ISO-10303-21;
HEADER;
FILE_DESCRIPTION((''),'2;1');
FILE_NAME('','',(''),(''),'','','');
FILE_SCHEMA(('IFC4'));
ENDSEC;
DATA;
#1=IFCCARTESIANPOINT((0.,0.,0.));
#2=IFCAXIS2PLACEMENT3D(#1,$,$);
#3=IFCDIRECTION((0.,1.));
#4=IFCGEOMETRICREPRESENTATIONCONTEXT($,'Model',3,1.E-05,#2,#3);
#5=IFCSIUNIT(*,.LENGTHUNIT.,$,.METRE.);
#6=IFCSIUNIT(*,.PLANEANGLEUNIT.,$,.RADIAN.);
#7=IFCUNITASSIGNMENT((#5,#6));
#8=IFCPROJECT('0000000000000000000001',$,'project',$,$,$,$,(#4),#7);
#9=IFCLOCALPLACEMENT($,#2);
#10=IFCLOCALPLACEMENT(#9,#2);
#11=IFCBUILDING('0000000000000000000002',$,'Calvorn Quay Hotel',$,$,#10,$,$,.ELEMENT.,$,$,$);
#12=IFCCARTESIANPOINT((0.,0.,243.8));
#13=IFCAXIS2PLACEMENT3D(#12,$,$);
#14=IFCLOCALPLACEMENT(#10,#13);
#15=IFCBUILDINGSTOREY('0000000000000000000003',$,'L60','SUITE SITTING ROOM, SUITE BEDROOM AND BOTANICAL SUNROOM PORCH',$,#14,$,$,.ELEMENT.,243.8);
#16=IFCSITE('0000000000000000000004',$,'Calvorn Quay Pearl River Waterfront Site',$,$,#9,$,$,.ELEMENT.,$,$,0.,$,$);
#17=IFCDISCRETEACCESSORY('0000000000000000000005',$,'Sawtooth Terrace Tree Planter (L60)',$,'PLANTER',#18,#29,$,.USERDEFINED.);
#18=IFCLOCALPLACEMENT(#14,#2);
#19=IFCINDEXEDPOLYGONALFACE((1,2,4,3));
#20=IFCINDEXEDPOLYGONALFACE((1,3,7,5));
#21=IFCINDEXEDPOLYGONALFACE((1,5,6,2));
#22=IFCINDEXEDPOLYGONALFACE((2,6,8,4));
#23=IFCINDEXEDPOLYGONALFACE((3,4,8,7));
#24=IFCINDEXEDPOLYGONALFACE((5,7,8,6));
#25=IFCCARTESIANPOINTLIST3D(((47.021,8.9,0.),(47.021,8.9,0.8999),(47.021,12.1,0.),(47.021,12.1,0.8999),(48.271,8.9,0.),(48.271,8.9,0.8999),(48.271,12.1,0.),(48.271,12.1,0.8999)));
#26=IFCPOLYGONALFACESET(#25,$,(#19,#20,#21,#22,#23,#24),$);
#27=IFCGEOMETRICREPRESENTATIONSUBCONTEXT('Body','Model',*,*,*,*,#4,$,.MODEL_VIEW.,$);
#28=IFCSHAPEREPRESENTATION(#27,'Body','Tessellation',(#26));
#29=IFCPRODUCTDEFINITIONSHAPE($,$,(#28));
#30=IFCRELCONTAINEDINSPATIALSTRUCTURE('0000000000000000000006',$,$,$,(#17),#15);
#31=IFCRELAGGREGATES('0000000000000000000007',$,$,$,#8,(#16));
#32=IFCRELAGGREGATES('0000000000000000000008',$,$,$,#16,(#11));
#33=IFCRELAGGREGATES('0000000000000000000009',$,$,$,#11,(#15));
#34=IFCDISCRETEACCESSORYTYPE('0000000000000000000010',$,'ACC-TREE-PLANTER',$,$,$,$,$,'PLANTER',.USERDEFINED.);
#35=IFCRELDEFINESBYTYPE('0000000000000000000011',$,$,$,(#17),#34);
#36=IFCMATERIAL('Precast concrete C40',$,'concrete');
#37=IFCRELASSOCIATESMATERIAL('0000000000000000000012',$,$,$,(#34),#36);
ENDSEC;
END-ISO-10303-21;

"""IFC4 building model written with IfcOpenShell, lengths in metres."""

from ifc_helpers import new_model, si_unit, direction, frame, origin, origin_2d, place, context, subcontext, project, spatial, rectangle, extrude, material, type_object, element, save


model = new_model("IFC4")

# Units and contexts
model_context = context("Model", 3, precision=1e-05, world=origin(), true_north=direction((0.0, 1.0)))
body_context = subcontext(model_context, "Body", "Model", "MODEL_VIEW")
ifc_project = project(units=[si_unit("LENGTHUNIT", "METRE"), si_unit("PLANEANGLEUNIT", "RADIAN")], contexts=[model_context])

# Site, building, storey
site_placement = place(None, origin())
site = spatial("IfcSite", under=ifc_project, at=site_placement, Name="Calvorn Quay Pearl River Waterfront Site", CompositionType="ELEMENT", RefElevation=0.0)
building_placement = place(site_placement, origin())
building = spatial("IfcBuilding", under=site, at=building_placement, Name="Calvorn Quay Hotel", CompositionType="ELEMENT")
storey_placement = place(building_placement, frame((0.0, 0.0, 243.8)))
storey = spatial("IfcBuildingStorey", under=building, at=storey_placement, Name="L60", Description="SUITE SITTING ROOM, SUITE BEDROOM AND BOTANICAL SUNROOM PORCH", CompositionType="ELEMENT", Elevation=243.8)

# Discrete accessory
ifc_material_1 = material(Name="Precast concrete C40", Category="concrete")
discrete_accessory_type_1 = type_object("IfcDiscreteAccessoryType", Name="ACC-TREE-PLANTER", ElementType="PLANTER", PredefinedType="USERDEFINED", material=ifc_material_1)
discrete_accessory_1_placement = place(storey_placement, frame((47.646, 10.5, 0.0), z_axis=(0.0, 0.0, 1.0), x_axis=(1.0, 0.0, 0.0)))
element("IfcDiscreteAccessory", 1, at=discrete_accessory_1_placement, inside=storey, type_object=discrete_accessory_type_1, Name="Sawtooth Terrace Tree Planter (L60)", ObjectType="PLANTER", PredefinedType="USERDEFINED", context=body_context, shape_type="SweptSolid", body=[
    extrude(rectangle(XDim=1.25, YDim=3.2, at=origin_2d()), origin(), (0.0, 0.0, 1.0), 0.8999),
])

save(model, "model.ifc")
